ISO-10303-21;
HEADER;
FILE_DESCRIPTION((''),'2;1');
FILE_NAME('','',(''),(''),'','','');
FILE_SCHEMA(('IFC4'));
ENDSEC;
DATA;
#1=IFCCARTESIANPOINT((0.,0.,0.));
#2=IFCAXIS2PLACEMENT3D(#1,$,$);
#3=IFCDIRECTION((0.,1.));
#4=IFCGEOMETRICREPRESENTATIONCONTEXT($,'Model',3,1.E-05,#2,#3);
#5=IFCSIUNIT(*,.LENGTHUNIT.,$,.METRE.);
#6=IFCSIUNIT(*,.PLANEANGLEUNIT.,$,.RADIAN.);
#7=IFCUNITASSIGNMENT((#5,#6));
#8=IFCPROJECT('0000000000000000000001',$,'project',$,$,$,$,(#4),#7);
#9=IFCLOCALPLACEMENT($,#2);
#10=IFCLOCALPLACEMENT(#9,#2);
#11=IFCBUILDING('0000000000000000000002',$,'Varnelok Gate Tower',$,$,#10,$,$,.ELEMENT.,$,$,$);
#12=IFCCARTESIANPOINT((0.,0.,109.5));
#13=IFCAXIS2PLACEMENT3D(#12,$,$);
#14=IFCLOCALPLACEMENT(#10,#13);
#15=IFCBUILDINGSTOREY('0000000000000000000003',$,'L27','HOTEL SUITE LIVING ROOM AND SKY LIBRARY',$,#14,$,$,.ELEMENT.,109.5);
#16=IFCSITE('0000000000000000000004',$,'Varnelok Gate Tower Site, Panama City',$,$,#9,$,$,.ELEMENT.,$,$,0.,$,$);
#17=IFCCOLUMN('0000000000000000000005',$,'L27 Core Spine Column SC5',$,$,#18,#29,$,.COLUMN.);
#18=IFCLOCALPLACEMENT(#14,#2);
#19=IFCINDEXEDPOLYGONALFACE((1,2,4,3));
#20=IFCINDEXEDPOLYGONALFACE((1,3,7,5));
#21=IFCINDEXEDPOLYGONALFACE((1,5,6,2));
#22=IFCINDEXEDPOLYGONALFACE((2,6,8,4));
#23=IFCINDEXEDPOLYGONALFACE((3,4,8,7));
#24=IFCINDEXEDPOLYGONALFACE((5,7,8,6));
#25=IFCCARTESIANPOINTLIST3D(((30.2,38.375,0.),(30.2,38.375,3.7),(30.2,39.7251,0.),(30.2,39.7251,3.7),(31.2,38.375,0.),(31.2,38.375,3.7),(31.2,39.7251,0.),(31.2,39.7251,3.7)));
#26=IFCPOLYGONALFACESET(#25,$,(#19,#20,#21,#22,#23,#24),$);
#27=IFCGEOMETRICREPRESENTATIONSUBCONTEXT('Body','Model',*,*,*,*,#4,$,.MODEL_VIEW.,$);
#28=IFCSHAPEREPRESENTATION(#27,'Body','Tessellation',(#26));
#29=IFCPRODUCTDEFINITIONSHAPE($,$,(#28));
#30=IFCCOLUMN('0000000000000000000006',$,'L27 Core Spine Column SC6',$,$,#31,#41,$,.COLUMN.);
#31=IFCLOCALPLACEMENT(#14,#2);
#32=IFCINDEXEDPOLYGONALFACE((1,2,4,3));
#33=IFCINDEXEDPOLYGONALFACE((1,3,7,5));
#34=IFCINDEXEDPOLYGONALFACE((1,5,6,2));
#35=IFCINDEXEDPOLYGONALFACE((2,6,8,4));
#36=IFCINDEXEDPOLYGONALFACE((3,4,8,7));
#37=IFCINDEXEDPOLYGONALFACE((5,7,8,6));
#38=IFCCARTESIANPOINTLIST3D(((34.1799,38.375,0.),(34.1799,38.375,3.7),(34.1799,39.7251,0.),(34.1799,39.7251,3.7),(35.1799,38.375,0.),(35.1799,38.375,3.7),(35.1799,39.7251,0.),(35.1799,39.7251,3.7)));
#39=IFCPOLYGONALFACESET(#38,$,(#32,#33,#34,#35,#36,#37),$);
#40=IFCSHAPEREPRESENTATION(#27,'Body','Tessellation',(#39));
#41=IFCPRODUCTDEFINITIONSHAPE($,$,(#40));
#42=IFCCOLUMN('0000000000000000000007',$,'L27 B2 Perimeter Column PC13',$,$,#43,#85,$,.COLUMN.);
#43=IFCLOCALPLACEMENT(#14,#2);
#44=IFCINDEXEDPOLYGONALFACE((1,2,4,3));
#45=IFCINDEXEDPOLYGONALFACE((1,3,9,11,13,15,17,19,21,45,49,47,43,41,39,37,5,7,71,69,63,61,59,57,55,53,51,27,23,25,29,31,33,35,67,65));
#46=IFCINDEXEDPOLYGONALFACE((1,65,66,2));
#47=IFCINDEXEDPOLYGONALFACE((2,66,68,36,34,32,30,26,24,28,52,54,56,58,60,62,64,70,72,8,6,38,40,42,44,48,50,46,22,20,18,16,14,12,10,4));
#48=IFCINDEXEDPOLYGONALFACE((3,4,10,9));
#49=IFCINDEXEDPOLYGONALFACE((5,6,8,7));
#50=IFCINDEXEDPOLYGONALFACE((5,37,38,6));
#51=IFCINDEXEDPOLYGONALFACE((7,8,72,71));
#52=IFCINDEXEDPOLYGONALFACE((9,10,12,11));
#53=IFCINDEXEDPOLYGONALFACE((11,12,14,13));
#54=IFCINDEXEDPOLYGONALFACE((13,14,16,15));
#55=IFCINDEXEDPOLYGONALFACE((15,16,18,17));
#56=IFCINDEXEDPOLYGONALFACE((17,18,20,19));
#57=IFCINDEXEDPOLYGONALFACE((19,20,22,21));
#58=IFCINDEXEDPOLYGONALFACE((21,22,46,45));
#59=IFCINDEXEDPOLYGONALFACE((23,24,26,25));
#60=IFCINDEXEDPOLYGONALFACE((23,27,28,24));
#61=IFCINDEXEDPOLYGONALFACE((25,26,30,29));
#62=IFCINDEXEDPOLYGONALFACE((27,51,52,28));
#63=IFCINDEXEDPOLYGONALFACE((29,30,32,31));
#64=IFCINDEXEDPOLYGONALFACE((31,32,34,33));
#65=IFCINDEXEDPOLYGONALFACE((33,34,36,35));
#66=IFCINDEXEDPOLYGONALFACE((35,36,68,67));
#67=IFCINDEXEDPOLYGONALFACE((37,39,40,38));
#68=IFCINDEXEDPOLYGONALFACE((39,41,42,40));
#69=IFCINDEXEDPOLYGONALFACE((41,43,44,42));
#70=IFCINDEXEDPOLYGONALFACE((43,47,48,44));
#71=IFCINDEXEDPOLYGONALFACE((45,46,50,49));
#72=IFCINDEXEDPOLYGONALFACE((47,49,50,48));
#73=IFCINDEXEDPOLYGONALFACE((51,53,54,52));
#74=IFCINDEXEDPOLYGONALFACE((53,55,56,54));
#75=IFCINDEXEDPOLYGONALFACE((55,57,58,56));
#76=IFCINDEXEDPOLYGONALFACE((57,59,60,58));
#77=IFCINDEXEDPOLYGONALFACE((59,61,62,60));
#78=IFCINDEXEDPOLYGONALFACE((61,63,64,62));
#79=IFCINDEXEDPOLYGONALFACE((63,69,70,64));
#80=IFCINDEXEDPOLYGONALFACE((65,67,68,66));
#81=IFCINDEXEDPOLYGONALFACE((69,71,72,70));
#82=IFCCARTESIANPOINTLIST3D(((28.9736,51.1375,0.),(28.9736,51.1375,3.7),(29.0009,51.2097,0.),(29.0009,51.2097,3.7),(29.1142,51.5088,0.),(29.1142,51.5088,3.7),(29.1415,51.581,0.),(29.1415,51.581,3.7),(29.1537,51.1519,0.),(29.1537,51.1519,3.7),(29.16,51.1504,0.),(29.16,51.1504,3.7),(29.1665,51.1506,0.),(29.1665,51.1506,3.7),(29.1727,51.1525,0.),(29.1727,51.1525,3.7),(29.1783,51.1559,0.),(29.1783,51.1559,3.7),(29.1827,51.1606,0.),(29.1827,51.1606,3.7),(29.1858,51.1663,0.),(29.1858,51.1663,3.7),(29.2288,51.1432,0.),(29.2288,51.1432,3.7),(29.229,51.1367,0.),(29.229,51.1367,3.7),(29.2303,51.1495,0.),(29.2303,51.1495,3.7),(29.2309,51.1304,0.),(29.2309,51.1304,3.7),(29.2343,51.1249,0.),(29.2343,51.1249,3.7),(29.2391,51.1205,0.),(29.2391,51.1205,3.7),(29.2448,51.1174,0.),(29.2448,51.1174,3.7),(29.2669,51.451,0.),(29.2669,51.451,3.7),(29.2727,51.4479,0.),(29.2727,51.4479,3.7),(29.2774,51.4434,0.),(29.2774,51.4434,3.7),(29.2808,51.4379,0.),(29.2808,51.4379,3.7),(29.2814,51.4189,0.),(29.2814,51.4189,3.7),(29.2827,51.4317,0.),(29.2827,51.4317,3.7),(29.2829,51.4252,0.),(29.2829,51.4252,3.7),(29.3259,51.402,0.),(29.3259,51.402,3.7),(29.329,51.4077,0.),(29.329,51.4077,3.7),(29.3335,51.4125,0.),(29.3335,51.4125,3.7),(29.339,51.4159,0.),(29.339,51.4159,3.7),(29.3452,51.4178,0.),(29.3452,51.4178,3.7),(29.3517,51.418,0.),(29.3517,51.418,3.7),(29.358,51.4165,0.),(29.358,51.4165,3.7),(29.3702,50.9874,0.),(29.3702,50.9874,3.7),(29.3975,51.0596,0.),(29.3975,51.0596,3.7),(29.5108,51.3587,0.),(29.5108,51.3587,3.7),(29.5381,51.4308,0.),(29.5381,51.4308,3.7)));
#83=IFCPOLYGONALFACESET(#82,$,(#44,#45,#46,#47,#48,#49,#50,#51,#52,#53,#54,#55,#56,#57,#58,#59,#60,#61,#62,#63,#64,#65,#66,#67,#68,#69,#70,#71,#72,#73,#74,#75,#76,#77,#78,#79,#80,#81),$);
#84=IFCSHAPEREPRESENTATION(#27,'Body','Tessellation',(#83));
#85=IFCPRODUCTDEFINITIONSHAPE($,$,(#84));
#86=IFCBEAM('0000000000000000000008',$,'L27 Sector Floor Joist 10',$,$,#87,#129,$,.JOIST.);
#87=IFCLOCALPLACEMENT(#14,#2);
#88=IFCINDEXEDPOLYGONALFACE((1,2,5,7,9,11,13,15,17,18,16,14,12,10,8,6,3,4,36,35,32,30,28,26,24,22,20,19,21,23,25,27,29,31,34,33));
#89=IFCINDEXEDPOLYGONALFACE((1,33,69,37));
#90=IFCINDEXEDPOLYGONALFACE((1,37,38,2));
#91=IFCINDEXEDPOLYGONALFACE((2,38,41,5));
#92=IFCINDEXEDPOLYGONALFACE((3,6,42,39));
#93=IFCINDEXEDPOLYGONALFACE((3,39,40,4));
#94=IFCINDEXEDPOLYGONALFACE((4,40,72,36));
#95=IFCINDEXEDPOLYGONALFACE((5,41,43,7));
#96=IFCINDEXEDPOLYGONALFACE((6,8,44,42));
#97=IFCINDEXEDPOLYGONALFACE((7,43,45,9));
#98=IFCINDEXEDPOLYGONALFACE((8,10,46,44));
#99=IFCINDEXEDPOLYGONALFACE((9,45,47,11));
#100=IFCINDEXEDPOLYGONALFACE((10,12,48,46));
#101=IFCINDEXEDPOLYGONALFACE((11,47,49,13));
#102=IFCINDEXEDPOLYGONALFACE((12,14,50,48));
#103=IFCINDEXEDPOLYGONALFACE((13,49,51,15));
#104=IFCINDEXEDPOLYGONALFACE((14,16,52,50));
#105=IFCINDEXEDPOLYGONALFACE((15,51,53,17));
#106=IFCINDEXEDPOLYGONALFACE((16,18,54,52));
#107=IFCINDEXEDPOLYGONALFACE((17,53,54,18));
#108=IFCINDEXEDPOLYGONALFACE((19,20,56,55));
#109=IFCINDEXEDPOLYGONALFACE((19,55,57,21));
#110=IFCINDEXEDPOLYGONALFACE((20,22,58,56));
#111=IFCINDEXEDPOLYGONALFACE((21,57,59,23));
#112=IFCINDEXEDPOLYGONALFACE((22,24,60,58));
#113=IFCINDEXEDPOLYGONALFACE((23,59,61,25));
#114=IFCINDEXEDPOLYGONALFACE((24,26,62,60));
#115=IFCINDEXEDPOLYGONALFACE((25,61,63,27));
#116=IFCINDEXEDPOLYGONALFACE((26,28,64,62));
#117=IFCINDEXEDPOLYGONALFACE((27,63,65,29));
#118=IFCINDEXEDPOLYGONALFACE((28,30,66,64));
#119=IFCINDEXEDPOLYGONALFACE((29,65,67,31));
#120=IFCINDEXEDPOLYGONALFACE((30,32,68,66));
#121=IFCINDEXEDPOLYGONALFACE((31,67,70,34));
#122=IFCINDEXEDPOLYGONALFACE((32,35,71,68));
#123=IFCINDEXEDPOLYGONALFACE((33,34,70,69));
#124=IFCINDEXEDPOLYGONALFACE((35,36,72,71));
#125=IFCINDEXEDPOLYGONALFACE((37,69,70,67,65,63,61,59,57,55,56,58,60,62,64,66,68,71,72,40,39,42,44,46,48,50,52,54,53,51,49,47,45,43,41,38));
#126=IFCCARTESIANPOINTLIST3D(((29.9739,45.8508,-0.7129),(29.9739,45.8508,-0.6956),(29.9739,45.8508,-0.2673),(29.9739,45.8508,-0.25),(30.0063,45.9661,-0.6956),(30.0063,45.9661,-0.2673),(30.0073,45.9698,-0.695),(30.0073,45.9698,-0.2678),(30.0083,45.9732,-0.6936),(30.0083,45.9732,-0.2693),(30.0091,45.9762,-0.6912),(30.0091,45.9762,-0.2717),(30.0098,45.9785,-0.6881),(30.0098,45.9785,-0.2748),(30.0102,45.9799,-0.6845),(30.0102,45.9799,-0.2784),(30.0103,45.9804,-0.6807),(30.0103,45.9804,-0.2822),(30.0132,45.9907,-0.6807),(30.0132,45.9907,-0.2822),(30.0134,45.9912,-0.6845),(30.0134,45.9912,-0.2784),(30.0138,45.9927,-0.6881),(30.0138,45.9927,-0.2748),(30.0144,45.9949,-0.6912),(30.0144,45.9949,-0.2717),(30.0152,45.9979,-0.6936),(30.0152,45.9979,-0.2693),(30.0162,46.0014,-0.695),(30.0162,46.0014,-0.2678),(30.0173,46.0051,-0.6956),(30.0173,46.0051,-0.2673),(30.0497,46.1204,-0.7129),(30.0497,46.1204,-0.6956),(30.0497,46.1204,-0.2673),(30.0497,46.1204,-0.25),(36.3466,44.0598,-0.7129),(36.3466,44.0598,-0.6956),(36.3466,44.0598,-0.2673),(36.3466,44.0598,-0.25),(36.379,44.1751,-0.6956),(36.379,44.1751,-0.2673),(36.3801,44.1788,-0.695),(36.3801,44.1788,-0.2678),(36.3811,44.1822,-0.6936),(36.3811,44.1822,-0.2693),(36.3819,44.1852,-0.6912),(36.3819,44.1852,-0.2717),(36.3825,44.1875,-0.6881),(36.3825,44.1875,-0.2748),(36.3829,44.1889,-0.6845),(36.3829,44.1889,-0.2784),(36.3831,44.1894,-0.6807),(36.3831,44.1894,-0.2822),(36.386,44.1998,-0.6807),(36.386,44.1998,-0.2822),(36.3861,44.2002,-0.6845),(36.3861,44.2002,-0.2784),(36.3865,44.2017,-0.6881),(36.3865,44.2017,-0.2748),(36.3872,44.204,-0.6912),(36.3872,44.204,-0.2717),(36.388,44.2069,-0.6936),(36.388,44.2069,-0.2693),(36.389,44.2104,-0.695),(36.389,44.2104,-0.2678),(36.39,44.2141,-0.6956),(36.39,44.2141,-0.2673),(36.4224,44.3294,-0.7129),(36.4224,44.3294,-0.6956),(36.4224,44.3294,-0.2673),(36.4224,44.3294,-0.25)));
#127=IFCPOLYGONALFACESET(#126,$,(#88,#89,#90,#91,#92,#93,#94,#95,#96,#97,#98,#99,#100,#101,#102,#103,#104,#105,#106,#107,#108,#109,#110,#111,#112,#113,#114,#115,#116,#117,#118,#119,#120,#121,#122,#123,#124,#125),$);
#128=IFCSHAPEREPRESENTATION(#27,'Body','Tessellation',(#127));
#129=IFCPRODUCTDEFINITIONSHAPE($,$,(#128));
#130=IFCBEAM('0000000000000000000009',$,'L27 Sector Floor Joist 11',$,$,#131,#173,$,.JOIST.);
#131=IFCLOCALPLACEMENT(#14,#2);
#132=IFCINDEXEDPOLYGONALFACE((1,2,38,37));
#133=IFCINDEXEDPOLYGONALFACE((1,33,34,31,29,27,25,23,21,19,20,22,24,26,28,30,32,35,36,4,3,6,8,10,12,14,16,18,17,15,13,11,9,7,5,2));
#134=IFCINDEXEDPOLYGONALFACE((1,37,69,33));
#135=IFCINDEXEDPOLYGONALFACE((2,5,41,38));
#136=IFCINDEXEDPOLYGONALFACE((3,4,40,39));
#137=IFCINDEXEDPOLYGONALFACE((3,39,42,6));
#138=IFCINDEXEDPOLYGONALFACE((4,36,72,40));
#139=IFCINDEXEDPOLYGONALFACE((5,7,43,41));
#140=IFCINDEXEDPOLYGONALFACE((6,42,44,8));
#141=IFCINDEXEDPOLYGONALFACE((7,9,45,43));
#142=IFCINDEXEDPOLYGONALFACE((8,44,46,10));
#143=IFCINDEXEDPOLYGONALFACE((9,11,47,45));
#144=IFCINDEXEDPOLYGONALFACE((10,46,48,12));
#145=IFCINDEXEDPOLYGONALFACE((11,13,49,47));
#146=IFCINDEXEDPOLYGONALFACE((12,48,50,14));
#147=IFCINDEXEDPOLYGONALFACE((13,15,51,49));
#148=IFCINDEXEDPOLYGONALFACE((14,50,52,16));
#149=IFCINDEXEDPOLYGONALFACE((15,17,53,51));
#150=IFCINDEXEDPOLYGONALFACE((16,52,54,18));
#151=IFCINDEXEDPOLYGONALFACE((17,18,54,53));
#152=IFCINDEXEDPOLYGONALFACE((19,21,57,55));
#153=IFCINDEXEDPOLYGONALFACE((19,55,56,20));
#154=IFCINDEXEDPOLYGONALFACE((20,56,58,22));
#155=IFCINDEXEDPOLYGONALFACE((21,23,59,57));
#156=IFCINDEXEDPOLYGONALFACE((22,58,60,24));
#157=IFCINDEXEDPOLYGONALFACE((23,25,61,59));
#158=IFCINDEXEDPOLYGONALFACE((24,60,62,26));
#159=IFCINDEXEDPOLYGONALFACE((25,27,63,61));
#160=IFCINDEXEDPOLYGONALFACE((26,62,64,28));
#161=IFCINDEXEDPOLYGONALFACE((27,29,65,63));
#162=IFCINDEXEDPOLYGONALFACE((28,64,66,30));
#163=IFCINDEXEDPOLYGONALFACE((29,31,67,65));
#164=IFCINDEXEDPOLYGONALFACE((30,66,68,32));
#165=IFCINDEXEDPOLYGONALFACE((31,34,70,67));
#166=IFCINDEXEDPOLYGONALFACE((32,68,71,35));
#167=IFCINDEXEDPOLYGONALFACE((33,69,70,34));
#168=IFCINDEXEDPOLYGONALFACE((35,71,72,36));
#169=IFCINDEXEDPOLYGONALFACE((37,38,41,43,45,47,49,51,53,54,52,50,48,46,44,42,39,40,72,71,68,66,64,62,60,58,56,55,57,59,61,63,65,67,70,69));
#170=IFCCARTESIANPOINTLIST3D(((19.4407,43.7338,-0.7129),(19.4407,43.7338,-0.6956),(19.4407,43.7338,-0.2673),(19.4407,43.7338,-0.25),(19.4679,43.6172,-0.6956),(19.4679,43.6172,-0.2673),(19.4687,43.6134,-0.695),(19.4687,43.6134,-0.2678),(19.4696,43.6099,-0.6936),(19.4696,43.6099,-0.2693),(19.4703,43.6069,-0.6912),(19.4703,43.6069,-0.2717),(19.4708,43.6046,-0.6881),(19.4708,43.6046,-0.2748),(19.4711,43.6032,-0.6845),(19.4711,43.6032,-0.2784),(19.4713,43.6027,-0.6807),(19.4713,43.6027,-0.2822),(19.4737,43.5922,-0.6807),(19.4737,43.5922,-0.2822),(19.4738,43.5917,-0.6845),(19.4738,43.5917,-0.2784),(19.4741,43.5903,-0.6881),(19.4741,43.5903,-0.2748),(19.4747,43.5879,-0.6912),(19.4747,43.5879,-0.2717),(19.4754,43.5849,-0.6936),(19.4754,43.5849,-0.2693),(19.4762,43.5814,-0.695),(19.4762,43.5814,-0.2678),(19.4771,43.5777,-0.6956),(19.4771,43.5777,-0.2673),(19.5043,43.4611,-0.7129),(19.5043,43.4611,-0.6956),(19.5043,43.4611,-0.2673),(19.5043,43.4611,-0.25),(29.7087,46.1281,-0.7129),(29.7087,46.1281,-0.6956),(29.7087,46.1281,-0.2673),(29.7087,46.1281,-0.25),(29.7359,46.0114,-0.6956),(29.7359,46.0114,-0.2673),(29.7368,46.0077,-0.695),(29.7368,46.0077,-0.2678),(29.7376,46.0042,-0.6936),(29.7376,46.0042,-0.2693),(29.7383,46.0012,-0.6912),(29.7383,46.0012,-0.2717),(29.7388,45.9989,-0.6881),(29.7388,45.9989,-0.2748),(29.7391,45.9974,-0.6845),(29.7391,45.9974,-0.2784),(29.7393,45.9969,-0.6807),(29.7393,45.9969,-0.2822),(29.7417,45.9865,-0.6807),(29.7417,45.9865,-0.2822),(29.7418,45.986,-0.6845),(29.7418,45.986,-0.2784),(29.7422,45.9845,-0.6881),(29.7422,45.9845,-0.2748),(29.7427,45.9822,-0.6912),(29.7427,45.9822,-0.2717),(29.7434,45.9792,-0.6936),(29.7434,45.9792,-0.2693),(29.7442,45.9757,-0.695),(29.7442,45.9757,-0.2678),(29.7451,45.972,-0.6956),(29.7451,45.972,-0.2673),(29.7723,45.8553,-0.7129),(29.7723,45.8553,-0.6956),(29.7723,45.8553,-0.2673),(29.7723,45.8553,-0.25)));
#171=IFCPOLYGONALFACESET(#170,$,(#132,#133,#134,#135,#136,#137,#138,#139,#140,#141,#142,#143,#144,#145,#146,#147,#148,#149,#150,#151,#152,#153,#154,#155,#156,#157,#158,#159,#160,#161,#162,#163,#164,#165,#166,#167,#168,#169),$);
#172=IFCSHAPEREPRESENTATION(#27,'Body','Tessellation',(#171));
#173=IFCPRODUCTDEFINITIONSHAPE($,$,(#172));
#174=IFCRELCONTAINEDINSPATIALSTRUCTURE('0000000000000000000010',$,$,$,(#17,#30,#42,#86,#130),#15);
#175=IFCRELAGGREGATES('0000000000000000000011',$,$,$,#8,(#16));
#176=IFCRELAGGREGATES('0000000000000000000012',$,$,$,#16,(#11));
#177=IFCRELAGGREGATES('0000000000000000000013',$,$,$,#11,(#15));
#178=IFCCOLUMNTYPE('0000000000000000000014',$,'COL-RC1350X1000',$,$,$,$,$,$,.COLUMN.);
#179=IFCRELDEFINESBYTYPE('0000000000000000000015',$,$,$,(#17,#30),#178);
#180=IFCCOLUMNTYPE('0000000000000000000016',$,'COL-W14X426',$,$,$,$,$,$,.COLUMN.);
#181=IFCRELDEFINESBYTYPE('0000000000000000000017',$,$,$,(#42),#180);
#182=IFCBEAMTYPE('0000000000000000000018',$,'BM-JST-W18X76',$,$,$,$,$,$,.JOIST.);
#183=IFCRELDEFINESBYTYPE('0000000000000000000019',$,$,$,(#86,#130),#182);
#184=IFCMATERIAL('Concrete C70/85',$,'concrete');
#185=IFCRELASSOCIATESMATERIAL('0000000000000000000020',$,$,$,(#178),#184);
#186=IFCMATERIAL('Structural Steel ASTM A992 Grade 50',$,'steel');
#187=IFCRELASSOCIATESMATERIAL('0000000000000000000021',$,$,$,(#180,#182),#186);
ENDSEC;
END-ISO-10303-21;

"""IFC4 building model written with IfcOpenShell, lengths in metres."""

from ifc_helpers import new_model, si_unit, direction, frame, origin, origin_2d, place, context, subcontext, project, spatial, rectangle, i_section, extrude, material, material_profile, profile_set, type_object, element, save


model = new_model("IFC4")

# Units and contexts
model_context = context("Model", 3, precision=1e-05, world=origin(), true_north=direction((0.0, 1.0)))
body_context = subcontext(model_context, "Body", "Model", "MODEL_VIEW")
ifc_project = project(units=[si_unit("LENGTHUNIT", "METRE"), si_unit("PLANEANGLEUNIT", "RADIAN")], contexts=[model_context])

# Site, building, storey
site_placement = place(None, origin())
site = spatial("IfcSite", under=ifc_project, at=site_placement, Name="Varnelok Gate Tower Site, Panama City", CompositionType="ELEMENT", RefElevation=0.0)
building_placement = place(site_placement, origin())
building = spatial("IfcBuilding", under=site, at=building_placement, Name="Varnelok Gate Tower", CompositionType="ELEMENT")
storey_placement = place(building_placement, frame((0.0, 0.0, 109.5)))
storey = spatial("IfcBuildingStorey", under=building, at=storey_placement, Name="L27", Description="HOTEL SUITE LIVING ROOM AND SKY LIBRARY", CompositionType="ELEMENT", Elevation=109.5)

# Columns
ifc_material_1 = material(Name="Concrete C70/85", Category="concrete")
ifc_material_profile_1 = material_profile(ifc_material_1, rectangle(XDim=1.0, YDim=1.3501, at=origin_2d()), Name="RC1350X1000")
ifc_profile_set_1 = profile_set([ifc_material_profile_1], Name="Concrete C70/85")
column_type_1 = type_object("IfcColumnType", Name="COL-RC1350X1000", PredefinedType="COLUMN", material=ifc_profile_set_1)
for number, where, z_axis, x_axis, name in (
    (1, (30.7, 39.05, 0.0), (0.0, 0.0, 1.0), (1.0, 0.0, 0.0), "L27 Core Spine Column SC5"),
    (2, (34.6799, 39.05, 0.0), (0.0, 0.0, 1.0), (1.0, 0.0, 0.0), "L27 Core Spine Column SC6"),
):
    element("IfcColumn", number, at=place(storey_placement, frame(where, z_axis=z_axis, x_axis=x_axis)), inside=storey, type_object=column_type_1, Name=name, PredefinedType="COLUMN", context=body_context, shape_type="SweptSolid", body=[
        extrude(rectangle(XDim=1.0, YDim=1.3501, at=origin_2d()), origin(), (0.0, 0.0, 1.0), 3.7),
    ])
ifc_material_2 = material(Name="Structural Steel ASTM A992 Grade 50", Category="steel")
ifc_material_profile_2 = material_profile(ifc_material_2, i_section(OverallWidth=0.4241, OverallDepth=0.4741, WebThickness=0.0476, FlangeThickness=0.0771, FilletRadius=0.0249, at=origin_2d()), Name="W14X426")
ifc_profile_set_2 = profile_set([ifc_material_profile_2], Name="Structural Steel ASTM A992 Grade 50")
column_type_2 = type_object("IfcColumnType", Name="COL-W14X426", PredefinedType="COLUMN", material=ifc_profile_set_2)
column_placement = place(storey_placement, frame((29.2559, 51.2842, 0.0), z_axis=(0.0, 0.0, 1.0), x_axis=(0.935222, -0.354063, 0.0)))
element("IfcColumn", 3, at=column_placement, inside=storey, type_object=column_type_2, Name="L27 B2 Perimeter Column PC13", PredefinedType="COLUMN", context=body_context, shape_type="SweptSolid", body=[
    extrude(i_section(OverallWidth=0.4241, OverallDepth=0.4741, WebThickness=0.0476, FlangeThickness=0.0771, FilletRadius=0.0249, at=origin_2d()), origin(), (0.0, 0.0, 1.0), 3.7),
])

# Beams
ifc_material_profile_3 = material_profile(ifc_material_2, i_section(OverallWidth=0.28, OverallDepth=0.4629, WebThickness=0.0107, FlangeThickness=0.0173, FilletRadius=0.0149, at=origin_2d()), Name="W18X76")
ifc_profile_set_3 = profile_set([ifc_material_profile_3], Name="Structural Steel ASTM A992 Grade 50")
beam_type_1 = type_object("IfcBeamType", Name="BM-JST-W18X76", PredefinedType="JOIST", material=ifc_profile_set_3)
beam_1_placement = place(storey_placement, frame((36.3845, 44.1946, -0.4814), z_axis=(-0.962703, 0.270559, 0.0), x_axis=(-0.270559, -0.962703, 0.0)))
element("IfcBeam", 4, at=beam_1_placement, inside=storey, type_object=beam_type_1, Name="L27 Sector Floor Joist 10", PredefinedType="JOIST", context=body_context, shape_type="SweptSolid", body=[
    extrude(i_section(OverallWidth=0.28, OverallDepth=0.4629, WebThickness=0.0107, FlangeThickness=0.0173, FilletRadius=0.0149, at=origin_2d()), origin(), (0.0, 0.0, 1.0), 6.6196),
])
beam_2_placement = place(storey_placement, frame((29.7405, 45.9917, -0.4814), z_axis=(-0.973875, -0.227086, 0.0), x_axis=(0.227086, -0.973875, 0.0)))
element("IfcBeam", 5, at=beam_2_placement, inside=storey, type_object=beam_type_1, Name="L27 Sector Floor Joist 11", PredefinedType="JOIST", context=body_context, shape_type="SweptSolid", body=[
    extrude(i_section(OverallWidth=0.28, OverallDepth=0.4629, WebThickness=0.0107, FlangeThickness=0.0173, FilletRadius=0.0149, at=origin_2d()), origin(), (0.0, 0.0, 1.0), 10.5435),
])

save(model, "model.ifc")
